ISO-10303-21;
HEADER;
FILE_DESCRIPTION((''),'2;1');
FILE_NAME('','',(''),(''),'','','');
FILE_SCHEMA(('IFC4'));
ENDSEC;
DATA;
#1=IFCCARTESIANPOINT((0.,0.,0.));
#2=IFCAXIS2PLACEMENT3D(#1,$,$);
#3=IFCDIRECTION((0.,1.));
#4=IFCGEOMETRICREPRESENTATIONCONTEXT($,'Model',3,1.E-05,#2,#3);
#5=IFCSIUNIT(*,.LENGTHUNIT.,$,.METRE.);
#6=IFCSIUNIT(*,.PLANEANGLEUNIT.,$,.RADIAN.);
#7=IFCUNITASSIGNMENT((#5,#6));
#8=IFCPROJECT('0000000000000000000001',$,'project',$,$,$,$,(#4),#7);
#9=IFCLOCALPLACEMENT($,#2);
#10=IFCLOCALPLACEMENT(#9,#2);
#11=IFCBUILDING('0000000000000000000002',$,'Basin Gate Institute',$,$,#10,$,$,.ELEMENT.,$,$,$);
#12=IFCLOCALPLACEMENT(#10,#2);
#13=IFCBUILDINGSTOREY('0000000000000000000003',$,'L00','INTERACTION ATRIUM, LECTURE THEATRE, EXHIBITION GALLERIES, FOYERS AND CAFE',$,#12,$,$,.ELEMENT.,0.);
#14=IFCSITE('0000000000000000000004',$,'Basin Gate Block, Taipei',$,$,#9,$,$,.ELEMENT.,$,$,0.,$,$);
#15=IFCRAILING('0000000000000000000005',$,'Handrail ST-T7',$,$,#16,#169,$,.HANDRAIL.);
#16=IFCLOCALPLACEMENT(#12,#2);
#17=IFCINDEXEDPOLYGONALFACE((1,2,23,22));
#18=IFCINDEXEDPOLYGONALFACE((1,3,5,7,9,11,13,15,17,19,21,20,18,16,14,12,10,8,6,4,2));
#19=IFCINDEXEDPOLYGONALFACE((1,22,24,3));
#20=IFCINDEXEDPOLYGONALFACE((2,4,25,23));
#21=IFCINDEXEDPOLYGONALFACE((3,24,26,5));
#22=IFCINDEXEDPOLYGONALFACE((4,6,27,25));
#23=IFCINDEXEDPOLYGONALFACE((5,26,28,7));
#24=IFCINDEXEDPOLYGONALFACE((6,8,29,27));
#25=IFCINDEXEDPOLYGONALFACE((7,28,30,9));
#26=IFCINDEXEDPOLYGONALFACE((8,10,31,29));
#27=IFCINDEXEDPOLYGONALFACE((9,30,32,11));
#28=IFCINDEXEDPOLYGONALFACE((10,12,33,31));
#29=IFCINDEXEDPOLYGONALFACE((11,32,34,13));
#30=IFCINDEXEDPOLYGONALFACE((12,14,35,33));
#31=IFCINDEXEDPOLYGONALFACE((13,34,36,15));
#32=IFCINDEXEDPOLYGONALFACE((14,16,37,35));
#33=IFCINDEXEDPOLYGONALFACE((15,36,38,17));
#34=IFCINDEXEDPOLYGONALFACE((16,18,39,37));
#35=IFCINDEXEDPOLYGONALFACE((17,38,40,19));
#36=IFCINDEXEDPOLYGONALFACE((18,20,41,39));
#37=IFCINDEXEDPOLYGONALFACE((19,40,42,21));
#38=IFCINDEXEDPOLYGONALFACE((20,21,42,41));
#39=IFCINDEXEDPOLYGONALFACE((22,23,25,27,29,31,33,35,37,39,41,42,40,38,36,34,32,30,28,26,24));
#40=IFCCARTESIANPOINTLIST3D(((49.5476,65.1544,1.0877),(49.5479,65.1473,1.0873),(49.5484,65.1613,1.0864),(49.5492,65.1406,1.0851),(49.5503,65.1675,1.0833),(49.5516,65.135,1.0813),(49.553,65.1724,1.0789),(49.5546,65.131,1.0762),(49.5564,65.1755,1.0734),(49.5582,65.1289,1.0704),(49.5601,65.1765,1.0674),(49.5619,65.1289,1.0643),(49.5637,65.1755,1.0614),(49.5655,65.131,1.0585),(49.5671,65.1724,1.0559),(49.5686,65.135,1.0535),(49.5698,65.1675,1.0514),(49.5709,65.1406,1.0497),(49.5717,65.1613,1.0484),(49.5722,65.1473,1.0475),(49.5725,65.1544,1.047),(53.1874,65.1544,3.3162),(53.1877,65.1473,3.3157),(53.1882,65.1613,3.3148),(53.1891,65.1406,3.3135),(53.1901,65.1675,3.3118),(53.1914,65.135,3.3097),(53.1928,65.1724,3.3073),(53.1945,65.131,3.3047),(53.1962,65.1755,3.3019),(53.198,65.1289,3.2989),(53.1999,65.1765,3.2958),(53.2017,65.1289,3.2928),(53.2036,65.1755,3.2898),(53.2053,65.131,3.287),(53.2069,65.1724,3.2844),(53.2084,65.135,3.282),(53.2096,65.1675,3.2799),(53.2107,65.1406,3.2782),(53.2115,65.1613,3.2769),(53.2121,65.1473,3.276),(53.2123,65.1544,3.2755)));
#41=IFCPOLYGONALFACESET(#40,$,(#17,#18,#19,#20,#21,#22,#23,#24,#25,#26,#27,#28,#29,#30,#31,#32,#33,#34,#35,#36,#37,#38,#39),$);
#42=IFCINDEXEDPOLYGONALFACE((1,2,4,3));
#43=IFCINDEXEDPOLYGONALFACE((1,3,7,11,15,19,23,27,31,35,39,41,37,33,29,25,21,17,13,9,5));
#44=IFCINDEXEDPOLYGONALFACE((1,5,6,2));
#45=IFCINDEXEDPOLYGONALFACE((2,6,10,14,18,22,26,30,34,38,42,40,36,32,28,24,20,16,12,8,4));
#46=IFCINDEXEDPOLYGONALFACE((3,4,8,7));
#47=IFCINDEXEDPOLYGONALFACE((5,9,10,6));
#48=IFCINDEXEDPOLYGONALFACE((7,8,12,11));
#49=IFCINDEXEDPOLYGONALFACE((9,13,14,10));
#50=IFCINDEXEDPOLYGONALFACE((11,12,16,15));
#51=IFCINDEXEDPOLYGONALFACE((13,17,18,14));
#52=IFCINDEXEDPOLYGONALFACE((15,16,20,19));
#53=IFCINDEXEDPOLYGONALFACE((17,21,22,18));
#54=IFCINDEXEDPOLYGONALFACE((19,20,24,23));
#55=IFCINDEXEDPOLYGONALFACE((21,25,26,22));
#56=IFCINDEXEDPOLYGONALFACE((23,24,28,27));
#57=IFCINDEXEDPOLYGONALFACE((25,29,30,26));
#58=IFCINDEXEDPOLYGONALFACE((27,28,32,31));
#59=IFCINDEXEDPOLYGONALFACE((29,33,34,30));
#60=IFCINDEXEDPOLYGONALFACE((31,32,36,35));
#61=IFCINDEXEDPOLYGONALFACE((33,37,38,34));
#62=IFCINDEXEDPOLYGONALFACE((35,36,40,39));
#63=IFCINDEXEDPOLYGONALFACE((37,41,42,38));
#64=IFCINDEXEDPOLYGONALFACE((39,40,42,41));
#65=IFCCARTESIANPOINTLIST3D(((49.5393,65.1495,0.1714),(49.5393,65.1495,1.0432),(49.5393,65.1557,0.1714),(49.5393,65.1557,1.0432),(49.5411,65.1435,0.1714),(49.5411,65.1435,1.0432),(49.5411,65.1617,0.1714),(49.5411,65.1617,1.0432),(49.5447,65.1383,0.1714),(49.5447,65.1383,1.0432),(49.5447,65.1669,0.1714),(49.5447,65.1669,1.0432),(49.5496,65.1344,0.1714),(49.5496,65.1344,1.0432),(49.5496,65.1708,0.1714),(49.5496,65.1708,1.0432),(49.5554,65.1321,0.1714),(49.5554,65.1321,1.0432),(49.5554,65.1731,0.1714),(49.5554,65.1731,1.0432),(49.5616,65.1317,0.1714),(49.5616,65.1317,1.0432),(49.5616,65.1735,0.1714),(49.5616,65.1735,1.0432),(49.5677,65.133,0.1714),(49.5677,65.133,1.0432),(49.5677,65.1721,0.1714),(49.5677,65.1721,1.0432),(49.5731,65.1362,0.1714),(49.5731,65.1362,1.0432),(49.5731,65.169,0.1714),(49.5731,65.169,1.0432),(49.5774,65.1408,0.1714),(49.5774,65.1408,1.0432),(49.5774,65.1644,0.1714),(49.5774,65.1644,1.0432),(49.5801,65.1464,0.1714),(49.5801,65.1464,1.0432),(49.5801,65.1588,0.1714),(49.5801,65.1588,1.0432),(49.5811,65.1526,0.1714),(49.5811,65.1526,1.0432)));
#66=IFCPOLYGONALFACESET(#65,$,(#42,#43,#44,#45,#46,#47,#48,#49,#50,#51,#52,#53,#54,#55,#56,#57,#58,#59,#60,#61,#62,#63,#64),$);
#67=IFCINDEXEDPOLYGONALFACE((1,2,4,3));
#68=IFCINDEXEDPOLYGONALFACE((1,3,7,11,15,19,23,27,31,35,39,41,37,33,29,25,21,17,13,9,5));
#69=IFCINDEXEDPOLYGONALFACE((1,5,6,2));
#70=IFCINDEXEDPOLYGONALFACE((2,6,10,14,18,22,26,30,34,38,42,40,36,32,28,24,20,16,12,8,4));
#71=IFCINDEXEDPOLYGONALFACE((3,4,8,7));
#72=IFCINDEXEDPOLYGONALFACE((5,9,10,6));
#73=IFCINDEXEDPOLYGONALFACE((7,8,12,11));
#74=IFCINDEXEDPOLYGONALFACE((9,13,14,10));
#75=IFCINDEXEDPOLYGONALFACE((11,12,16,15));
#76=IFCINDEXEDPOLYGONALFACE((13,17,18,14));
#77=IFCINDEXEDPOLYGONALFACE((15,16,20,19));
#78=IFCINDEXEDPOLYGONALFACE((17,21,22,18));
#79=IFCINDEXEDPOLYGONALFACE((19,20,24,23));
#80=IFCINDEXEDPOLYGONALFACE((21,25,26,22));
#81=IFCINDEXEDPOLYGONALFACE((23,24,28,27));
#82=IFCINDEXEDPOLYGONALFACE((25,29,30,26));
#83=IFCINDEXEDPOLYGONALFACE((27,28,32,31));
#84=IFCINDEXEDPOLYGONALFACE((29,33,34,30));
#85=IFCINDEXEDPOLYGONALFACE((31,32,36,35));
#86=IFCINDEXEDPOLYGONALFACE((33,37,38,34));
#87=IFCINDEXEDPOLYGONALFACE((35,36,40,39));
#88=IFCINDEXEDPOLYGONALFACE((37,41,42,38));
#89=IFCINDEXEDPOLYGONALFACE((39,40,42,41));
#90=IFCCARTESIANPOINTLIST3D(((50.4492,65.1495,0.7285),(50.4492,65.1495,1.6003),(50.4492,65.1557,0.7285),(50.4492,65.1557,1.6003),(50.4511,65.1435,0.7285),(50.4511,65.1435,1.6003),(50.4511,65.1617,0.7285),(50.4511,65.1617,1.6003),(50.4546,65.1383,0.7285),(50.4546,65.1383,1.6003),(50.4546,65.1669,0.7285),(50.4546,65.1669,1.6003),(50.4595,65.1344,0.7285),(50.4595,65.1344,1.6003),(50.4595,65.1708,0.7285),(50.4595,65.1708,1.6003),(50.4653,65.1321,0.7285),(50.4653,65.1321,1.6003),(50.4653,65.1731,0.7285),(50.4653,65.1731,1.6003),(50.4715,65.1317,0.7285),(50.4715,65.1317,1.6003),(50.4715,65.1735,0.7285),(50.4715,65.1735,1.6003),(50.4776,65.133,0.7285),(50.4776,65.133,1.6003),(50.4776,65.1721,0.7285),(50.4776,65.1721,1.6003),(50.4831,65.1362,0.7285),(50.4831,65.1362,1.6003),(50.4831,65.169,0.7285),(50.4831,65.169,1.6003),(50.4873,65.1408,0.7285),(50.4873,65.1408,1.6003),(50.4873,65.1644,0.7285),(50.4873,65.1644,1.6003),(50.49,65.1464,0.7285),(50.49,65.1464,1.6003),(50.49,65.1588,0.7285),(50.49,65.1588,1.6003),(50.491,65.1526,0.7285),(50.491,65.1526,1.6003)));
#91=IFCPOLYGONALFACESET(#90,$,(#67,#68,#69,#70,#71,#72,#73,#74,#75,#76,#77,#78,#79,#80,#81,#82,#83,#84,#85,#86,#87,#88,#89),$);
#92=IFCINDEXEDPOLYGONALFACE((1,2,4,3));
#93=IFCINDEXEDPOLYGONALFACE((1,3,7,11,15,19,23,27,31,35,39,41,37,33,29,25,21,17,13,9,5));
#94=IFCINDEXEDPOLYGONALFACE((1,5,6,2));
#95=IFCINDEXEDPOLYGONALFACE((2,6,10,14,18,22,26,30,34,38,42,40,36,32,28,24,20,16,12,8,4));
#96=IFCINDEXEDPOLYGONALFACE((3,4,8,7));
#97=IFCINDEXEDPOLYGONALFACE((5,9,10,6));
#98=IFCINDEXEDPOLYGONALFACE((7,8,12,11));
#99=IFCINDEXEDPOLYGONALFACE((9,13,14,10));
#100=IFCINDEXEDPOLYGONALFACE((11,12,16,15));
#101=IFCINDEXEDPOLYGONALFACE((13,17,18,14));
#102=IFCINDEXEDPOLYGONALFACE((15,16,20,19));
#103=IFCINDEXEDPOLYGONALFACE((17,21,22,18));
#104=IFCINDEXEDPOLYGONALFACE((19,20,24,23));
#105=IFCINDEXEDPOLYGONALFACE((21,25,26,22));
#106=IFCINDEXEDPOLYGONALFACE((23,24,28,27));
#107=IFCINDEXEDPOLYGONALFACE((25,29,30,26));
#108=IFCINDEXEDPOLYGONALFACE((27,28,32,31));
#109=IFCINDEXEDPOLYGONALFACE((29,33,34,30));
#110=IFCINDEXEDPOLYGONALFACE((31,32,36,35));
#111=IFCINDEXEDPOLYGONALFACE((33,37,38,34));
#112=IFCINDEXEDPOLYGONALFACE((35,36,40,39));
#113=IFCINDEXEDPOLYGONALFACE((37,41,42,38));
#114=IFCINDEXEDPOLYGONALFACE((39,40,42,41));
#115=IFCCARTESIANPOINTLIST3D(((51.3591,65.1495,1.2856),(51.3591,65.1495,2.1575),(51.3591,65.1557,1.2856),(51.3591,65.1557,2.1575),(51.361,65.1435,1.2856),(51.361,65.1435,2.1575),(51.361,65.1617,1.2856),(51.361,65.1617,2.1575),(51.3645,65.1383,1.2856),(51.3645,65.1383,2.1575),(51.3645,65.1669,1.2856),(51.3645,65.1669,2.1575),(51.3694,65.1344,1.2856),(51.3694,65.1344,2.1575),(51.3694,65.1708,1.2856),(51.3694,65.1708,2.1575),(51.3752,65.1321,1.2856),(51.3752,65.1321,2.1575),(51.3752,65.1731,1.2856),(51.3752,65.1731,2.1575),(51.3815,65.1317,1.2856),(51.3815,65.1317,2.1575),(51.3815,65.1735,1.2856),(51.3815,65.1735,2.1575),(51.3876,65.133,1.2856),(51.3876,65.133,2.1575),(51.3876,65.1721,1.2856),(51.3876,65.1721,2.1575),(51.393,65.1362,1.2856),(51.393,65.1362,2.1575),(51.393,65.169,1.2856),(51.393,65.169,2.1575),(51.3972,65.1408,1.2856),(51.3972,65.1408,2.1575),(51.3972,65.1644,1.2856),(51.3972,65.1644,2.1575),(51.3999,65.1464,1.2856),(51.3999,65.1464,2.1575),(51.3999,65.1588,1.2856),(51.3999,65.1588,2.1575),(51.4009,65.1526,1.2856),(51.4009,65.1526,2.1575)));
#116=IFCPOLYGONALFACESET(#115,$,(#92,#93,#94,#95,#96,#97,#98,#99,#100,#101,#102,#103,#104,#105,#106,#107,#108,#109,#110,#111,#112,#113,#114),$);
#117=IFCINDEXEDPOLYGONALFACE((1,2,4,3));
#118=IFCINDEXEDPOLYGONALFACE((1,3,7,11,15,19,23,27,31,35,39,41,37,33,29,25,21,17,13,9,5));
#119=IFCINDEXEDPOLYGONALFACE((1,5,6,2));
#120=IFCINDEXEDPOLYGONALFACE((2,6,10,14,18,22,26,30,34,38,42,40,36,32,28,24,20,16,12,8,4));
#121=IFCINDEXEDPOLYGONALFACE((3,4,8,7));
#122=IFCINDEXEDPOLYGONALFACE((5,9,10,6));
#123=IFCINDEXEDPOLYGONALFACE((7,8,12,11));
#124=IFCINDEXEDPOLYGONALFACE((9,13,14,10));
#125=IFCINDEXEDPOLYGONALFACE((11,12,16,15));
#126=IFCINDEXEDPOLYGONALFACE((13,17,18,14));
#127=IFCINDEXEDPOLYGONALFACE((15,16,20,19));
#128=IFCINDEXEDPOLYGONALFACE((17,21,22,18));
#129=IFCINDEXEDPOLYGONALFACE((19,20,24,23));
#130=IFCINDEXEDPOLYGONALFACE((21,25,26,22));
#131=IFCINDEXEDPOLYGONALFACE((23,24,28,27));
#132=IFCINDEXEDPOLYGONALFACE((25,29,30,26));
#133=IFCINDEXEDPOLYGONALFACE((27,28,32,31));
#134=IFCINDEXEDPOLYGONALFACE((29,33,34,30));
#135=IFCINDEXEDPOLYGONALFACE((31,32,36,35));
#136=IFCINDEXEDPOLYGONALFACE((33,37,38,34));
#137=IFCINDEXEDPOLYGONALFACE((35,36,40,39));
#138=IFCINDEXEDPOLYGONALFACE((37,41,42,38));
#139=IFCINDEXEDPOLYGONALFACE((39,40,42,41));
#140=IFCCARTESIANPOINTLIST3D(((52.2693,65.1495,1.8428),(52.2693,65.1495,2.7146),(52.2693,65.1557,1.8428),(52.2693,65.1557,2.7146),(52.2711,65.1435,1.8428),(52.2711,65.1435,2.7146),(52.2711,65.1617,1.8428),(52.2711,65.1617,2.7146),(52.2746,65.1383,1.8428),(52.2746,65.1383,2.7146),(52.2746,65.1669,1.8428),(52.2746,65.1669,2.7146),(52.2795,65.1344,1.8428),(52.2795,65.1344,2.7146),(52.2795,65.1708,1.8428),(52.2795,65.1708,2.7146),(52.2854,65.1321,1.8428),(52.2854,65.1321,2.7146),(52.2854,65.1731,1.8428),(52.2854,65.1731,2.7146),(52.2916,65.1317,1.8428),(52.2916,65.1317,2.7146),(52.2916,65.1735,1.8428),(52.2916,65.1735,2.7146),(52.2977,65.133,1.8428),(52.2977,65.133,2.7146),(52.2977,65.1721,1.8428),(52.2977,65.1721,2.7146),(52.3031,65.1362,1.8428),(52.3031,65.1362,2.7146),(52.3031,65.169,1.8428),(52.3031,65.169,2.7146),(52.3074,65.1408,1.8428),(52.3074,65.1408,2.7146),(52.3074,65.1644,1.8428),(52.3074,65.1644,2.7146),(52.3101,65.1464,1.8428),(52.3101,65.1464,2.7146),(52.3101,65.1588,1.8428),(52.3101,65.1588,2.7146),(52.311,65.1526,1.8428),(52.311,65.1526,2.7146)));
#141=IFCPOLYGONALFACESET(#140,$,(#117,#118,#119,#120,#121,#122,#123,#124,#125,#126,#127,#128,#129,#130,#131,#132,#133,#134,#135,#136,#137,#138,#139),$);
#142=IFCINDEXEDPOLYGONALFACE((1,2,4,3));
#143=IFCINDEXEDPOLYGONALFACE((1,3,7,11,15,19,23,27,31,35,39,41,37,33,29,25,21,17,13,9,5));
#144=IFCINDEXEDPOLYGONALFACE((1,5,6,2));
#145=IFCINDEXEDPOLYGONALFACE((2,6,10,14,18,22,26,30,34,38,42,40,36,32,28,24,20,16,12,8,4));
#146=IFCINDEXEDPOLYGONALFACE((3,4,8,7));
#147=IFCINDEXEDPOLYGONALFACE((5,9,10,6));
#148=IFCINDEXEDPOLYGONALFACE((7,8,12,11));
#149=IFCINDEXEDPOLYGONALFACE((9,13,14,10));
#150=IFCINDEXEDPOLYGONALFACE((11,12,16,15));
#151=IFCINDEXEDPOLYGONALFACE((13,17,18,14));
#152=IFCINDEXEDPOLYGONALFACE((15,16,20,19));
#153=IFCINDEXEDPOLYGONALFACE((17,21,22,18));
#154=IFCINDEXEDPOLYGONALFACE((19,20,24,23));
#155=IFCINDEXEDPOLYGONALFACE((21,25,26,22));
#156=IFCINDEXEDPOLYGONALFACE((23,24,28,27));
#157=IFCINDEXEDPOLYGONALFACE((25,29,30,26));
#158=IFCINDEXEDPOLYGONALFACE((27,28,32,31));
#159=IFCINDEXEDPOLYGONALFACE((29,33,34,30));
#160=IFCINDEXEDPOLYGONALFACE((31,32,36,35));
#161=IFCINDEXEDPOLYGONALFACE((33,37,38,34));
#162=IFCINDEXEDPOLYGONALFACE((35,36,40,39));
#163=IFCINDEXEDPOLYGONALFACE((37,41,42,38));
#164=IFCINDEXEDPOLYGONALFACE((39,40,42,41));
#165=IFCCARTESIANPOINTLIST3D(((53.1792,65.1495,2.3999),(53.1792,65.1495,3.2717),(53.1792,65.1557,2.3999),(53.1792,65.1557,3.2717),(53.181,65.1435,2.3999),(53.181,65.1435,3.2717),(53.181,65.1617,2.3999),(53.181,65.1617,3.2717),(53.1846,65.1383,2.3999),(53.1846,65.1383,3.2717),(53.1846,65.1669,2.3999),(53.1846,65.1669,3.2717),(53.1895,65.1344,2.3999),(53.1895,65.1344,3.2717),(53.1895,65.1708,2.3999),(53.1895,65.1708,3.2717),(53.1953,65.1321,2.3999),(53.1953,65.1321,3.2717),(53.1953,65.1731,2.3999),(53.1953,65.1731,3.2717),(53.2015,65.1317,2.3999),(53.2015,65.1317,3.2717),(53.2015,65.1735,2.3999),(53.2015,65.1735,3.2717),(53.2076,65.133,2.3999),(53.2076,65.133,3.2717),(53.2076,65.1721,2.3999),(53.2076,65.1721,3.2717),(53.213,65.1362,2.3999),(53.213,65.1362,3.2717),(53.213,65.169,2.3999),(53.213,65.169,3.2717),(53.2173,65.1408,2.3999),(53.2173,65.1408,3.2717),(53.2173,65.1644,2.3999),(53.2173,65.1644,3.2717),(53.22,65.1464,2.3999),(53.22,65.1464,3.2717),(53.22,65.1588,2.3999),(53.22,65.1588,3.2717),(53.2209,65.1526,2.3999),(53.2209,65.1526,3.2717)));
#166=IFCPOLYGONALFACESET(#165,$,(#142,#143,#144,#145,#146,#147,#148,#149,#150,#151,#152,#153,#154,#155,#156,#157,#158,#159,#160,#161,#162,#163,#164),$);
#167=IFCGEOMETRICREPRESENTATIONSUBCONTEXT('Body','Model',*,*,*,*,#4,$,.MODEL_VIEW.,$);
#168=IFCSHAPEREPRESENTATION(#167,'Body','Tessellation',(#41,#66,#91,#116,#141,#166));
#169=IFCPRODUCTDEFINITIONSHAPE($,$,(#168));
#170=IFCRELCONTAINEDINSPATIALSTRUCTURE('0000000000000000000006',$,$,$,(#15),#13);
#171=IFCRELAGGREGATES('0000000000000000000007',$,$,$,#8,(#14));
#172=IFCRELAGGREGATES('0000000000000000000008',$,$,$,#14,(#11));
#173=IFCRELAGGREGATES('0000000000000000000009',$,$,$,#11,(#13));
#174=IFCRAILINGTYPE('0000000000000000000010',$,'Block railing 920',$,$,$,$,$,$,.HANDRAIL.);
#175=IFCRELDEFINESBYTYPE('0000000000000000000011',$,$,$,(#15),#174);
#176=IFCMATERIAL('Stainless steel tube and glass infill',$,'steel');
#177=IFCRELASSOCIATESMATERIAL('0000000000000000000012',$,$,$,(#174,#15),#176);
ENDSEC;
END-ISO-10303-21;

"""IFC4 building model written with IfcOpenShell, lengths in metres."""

from ifc_helpers import new_model, si_unit, direction, frame, origin, origin_2d, place, context, subcontext, project, spatial, circle, extrude, material, type_object, element, save


model = new_model("IFC4")

# Units and contexts
model_context = context("Model", 3, precision=1e-05, world=origin(), true_north=direction((0.0, 1.0)))
body_context = subcontext(model_context, "Body", "Model", "MODEL_VIEW")
ifc_project = project(units=[si_unit("LENGTHUNIT", "METRE"), si_unit("PLANEANGLEUNIT", "RADIAN")], contexts=[model_context])

# Site, building, storey
site_placement = place(None, origin())
site = spatial("IfcSite", under=ifc_project, at=site_placement, Name="Basin Gate Block, Taipei", CompositionType="ELEMENT", RefElevation=0.0)
building_placement = place(site_placement, origin())
building = spatial("IfcBuilding", under=site, at=building_placement, Name="Basin Gate Institute", CompositionType="ELEMENT")
storey_placement = place(building_placement, origin())
storey = spatial("IfcBuildingStorey", under=building, at=storey_placement, Name="L00", Description="INTERACTION ATRIUM, LECTURE THEATRE, EXHIBITION GALLERIES, FOYERS AND CAFE", CompositionType="ELEMENT", Elevation=0.0)

# Railing
ifc_material_1 = material(Name="Stainless steel tube and glass infill", Category="steel")
railing_type_1 = type_object("IfcRailingType", Name="Block railing 920", PredefinedType="HANDRAIL", material=ifc_material_1)
for number, where, name in (
    (1, (49.5601, 65.1526, 0.1714), "Handrail ST-T7"),
):
    element("IfcRailing", number, at=place(storey_placement, frame(where)), inside=storey, type_object=railing_type_1, material=ifc_material_1, Name=name, PredefinedType="HANDRAIL", context=body_context, shape_type="SweptSolid", body=[
        extrude(circle(Radius=0.0239, at=origin_2d()), frame((0.0, 0.0, 0.896), z_axis=(0.85285, 0.0, 0.522156), x_axis=(0.0, 1.0, 0.0)), (0.0, 0.0, 1.0), 4.2678),
        extrude(circle(Radius=0.021, at=origin_2d()), origin(), (0.0, 0.0, 1.0), 0.8718),
        extrude(circle(Radius=0.021, at=origin_2d()), frame((0.9099, 0.0, 0.5571)), (0.0, 0.0, 1.0), 0.8718),
        extrude(circle(Radius=0.021, at=origin_2d()), frame((1.8198, 0.0, 1.1143)), (0.0, 0.0, 1.0), 0.8718),
        extrude(circle(Radius=0.021, at=origin_2d()), frame((2.73, 0.0, 1.6714)), (0.0, 0.0, 1.0), 0.8718),
        extrude(circle(Radius=0.021, at=origin_2d()), frame((3.6399, 0.0, 2.2285)), (0.0, 0.0, 1.0), 0.8718),
    ])

save(model, "model.ifc")
